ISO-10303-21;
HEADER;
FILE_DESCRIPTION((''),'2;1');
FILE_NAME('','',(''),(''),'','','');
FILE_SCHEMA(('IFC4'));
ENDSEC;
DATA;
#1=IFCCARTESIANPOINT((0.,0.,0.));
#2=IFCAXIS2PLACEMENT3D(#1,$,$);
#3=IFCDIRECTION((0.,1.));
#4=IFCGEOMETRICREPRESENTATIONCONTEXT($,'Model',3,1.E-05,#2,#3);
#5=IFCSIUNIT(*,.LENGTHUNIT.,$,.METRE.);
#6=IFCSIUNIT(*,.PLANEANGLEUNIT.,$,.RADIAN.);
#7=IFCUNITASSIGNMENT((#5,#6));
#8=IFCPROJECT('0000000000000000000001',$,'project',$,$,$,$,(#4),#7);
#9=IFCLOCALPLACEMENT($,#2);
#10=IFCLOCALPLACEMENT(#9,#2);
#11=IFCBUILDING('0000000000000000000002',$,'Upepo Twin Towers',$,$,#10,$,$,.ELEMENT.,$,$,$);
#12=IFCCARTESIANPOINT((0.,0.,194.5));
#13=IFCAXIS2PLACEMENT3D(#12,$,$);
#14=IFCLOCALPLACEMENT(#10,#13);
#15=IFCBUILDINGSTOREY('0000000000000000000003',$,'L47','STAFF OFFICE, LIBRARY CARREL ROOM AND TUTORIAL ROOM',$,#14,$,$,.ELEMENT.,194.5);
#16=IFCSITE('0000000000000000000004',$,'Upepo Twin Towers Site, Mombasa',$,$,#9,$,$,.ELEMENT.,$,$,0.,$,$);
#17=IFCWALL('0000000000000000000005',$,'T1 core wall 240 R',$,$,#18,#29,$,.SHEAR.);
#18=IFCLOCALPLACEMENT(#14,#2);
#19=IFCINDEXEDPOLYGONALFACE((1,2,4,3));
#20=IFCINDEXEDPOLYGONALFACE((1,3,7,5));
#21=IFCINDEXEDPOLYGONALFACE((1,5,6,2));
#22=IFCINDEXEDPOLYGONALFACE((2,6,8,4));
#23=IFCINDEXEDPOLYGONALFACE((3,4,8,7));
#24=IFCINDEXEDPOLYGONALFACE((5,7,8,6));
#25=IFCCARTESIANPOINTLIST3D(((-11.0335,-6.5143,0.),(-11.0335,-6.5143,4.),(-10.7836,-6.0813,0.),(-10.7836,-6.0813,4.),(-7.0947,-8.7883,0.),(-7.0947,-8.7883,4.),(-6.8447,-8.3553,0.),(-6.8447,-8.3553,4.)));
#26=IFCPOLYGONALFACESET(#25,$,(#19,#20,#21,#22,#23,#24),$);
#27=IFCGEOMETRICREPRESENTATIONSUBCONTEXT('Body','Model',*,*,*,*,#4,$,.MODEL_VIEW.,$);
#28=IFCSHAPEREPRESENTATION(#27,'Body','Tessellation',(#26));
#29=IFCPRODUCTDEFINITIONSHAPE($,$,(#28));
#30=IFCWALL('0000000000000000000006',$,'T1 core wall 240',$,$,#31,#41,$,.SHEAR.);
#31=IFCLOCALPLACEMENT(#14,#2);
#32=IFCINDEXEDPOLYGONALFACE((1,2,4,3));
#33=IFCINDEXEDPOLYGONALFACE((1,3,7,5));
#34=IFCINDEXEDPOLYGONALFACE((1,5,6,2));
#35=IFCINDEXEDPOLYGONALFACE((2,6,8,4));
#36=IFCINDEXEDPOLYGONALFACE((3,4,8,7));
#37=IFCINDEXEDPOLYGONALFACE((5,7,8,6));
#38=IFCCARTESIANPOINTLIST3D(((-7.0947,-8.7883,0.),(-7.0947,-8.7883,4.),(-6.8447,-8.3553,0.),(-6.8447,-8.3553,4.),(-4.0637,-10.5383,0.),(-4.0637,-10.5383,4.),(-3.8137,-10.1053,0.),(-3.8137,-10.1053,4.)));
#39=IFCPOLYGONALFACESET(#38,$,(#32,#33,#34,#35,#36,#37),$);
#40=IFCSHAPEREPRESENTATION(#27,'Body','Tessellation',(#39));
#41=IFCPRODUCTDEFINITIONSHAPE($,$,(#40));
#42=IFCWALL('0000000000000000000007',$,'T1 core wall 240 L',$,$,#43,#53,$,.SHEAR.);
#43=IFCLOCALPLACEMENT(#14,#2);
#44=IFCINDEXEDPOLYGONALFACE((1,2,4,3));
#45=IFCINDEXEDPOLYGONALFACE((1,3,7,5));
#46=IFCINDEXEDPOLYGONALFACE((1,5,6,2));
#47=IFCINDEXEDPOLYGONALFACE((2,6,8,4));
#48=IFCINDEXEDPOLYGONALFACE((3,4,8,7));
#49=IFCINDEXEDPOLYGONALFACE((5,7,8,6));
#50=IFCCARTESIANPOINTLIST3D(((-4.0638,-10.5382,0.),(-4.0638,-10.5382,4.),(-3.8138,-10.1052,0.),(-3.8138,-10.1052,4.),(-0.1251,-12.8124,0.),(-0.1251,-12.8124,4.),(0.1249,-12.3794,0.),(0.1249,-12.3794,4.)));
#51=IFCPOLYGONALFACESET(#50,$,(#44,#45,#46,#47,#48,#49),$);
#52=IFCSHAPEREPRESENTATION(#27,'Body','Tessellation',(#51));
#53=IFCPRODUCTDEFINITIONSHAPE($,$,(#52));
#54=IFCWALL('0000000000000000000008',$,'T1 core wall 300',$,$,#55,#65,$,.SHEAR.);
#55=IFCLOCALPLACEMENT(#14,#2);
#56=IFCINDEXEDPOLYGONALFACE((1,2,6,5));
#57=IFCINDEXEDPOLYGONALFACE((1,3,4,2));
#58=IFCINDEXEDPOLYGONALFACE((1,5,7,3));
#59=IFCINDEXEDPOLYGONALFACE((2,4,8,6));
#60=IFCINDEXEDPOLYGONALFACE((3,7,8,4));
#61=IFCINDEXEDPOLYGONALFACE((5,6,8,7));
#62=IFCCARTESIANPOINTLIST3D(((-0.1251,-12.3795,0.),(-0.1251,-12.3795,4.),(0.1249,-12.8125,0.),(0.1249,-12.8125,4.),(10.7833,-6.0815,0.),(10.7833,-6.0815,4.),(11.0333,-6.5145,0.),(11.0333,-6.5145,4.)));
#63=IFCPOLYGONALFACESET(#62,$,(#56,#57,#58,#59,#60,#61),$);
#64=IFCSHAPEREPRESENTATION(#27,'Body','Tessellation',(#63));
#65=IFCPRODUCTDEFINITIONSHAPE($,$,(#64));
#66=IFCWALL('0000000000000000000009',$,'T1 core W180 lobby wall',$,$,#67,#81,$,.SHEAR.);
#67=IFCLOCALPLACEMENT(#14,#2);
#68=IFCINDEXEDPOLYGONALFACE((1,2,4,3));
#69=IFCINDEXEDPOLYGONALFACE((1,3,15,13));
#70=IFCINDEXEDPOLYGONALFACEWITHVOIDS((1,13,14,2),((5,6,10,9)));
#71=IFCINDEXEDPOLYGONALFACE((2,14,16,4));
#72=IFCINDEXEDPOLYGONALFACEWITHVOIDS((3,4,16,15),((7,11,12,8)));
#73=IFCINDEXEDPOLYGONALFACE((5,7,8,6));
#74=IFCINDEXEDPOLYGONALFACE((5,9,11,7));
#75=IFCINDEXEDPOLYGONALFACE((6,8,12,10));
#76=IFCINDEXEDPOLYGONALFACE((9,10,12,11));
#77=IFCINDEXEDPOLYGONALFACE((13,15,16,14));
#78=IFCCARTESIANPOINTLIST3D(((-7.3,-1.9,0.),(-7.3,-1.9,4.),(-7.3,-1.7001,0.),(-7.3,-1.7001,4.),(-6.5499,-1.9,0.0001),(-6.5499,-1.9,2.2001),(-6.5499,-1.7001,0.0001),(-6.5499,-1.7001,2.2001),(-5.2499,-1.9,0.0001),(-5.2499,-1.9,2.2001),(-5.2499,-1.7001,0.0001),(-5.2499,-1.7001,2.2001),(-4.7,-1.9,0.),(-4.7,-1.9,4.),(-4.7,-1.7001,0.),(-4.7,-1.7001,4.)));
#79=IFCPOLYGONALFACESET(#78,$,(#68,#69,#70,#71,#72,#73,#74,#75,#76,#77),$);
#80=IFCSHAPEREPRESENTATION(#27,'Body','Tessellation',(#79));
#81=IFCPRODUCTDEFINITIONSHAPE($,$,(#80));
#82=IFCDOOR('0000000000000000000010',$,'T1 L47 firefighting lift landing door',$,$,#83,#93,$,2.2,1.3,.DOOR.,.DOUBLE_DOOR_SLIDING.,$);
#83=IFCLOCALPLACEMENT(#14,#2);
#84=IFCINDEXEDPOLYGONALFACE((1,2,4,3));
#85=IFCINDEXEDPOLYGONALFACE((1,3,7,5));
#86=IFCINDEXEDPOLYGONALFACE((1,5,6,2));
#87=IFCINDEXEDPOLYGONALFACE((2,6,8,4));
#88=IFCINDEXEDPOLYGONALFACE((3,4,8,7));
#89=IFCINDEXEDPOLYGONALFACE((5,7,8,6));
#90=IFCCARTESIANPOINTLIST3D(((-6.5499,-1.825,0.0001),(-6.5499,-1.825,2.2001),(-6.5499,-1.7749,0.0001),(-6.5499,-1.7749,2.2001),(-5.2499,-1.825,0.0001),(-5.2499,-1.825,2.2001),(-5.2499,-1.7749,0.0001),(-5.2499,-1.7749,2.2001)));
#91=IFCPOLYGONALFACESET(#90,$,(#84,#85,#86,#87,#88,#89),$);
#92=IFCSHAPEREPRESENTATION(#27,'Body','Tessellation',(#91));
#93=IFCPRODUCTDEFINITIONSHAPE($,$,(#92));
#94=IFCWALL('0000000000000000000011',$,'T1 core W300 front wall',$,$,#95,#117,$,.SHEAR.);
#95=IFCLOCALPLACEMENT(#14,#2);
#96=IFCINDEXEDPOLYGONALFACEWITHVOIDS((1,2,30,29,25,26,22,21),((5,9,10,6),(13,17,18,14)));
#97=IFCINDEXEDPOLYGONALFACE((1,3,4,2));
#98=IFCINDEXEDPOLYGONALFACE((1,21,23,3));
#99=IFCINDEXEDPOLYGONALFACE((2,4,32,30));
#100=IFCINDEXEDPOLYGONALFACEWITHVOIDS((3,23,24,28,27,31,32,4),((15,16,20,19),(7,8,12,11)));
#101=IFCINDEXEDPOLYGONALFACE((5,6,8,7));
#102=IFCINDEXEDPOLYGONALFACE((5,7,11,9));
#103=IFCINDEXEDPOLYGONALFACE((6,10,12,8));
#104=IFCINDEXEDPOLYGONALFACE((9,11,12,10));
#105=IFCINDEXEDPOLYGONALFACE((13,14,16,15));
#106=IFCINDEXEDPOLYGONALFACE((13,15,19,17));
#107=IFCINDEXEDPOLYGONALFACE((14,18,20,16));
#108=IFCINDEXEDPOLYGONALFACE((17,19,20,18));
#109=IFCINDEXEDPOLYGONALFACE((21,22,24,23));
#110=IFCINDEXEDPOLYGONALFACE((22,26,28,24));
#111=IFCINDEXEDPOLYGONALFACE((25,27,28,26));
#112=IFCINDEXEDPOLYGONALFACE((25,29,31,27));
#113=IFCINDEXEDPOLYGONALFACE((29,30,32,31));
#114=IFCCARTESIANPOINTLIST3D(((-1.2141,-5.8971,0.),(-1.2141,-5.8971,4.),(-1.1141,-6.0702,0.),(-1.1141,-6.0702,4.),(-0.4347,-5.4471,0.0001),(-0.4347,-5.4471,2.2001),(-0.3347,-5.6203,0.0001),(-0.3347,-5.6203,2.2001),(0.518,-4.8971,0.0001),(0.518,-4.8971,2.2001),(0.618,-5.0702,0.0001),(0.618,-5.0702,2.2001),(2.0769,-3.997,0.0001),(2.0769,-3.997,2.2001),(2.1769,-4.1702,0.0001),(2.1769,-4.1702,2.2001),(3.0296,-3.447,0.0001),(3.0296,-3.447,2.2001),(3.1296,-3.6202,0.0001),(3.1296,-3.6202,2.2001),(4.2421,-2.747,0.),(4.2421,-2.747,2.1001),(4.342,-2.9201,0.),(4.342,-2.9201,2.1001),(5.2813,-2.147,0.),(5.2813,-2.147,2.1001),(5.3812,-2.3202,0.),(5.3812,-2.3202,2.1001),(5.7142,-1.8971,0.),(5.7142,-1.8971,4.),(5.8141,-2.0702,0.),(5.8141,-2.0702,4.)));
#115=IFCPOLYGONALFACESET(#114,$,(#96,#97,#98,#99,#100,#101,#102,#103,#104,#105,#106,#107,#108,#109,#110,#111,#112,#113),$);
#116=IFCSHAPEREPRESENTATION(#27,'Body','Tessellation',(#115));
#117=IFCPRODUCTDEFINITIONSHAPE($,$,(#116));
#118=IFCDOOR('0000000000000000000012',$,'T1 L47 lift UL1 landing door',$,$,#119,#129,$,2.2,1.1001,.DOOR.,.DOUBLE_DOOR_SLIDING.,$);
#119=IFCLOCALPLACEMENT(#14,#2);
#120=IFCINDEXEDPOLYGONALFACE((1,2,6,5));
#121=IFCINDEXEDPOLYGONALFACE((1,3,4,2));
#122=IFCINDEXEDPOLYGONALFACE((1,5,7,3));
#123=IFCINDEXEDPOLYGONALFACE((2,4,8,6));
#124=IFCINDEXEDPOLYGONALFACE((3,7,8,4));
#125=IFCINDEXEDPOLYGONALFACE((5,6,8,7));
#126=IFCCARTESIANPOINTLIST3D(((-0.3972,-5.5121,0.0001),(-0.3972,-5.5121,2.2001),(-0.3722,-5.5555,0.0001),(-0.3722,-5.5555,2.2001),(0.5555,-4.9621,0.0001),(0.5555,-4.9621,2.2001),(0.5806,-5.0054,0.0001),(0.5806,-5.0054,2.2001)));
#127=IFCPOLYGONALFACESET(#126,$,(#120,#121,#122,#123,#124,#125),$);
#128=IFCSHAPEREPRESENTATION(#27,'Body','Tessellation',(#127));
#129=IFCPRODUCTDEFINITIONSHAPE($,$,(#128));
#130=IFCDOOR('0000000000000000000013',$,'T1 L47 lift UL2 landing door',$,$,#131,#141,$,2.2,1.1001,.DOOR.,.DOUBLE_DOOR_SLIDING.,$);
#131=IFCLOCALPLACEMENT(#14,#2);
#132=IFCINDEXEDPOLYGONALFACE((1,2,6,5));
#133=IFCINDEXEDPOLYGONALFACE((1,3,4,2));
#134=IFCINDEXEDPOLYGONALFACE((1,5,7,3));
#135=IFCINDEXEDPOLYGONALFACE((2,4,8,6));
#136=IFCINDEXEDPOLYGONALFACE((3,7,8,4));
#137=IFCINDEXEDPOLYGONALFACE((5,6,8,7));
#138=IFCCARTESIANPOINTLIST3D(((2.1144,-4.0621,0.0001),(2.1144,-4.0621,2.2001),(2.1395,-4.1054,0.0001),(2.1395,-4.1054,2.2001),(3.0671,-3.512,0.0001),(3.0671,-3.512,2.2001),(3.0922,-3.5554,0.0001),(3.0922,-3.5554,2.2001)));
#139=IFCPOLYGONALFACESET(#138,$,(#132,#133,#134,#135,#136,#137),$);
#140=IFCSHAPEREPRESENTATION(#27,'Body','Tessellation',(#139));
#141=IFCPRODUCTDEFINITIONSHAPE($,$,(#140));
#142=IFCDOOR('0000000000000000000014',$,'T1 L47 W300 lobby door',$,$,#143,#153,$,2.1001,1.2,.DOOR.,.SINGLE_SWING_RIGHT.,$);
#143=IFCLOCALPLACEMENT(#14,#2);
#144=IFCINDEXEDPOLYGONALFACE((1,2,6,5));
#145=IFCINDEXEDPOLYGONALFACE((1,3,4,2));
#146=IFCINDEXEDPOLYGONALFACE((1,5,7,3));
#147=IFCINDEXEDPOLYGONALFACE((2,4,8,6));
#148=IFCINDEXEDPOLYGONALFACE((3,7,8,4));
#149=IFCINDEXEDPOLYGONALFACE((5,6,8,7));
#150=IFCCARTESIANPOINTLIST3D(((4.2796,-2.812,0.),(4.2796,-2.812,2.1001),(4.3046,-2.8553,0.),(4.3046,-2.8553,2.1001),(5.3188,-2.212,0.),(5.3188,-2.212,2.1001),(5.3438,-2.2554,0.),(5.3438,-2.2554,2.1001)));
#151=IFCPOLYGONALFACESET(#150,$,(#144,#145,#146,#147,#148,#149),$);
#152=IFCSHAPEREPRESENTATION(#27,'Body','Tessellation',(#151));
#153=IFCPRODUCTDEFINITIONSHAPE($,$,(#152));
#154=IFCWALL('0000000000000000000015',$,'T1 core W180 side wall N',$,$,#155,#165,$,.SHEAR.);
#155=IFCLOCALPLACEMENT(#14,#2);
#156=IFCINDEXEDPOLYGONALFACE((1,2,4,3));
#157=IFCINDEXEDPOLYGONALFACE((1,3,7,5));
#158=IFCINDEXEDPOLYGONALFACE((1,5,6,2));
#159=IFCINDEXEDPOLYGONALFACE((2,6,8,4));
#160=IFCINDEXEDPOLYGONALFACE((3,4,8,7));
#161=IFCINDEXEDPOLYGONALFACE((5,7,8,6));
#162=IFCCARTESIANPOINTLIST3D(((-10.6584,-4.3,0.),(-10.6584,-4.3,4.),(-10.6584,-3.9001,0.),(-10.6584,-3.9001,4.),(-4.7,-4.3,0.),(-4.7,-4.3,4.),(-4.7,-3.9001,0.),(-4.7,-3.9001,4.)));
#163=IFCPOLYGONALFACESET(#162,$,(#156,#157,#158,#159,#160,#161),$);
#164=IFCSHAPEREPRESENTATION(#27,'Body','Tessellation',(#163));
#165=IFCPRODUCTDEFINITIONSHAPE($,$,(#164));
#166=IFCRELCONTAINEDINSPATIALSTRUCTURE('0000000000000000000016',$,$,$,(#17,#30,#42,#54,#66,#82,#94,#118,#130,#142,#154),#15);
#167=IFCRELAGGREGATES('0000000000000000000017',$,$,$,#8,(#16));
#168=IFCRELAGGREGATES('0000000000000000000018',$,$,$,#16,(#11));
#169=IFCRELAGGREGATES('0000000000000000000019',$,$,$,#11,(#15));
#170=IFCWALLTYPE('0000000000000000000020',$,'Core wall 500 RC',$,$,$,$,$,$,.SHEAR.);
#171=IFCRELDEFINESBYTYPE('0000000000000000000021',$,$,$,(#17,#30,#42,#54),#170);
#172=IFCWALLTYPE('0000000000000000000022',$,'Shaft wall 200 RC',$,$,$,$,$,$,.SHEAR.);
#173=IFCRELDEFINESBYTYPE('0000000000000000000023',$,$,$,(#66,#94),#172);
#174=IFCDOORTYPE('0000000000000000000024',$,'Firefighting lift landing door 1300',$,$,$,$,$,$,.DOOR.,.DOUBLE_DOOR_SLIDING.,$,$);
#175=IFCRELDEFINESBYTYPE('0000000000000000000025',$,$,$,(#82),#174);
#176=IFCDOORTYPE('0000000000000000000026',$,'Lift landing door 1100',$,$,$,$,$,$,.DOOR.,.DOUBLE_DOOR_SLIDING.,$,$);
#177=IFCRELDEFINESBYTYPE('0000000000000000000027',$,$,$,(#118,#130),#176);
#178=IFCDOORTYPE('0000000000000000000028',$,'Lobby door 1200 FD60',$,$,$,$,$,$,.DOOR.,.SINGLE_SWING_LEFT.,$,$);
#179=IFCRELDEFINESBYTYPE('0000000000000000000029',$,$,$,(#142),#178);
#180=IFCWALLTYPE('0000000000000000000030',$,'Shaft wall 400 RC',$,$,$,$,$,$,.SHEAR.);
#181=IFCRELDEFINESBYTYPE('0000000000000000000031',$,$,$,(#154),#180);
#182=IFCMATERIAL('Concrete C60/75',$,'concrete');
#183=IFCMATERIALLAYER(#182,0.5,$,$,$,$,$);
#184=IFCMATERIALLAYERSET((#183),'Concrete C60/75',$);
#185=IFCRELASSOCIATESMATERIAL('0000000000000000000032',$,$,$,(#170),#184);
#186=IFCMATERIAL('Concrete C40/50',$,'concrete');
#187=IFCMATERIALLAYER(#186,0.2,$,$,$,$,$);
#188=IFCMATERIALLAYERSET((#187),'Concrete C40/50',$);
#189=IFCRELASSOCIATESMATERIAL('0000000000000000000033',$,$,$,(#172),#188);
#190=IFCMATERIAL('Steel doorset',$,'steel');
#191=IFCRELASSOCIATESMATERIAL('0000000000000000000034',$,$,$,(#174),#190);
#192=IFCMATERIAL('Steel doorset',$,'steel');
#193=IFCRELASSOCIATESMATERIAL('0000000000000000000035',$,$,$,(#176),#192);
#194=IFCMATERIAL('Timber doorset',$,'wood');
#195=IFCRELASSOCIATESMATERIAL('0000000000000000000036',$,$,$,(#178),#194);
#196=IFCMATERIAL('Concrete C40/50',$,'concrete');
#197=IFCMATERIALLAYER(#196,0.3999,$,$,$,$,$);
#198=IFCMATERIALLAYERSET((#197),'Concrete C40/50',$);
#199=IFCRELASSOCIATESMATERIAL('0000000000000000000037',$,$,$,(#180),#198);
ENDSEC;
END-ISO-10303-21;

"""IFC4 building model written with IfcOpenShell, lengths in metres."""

from ifc_helpers import new_model, si_unit, direction, frame, frame_2d, origin, place, context, subcontext, project, spatial, rectangle, extrude, material, layer, layer_set, type_object, element, fill, save


model = new_model("IFC4")

# Units and contexts
model_context = context("Model", 3, precision=1e-05, world=origin(), true_north=direction((0.0, 1.0)))
body_context = subcontext(model_context, "Body", "Model", "MODEL_VIEW")
ifc_project = project(units=[si_unit("LENGTHUNIT", "METRE"), si_unit("PLANEANGLEUNIT", "RADIAN")], contexts=[model_context])

# Site, building, storey
site_placement = place(None, origin())
site = spatial("IfcSite", under=ifc_project, at=site_placement, Name="Upepo Twin Towers Site, Mombasa", CompositionType="ELEMENT", RefElevation=0.0)
building_placement = place(site_placement, origin())
building = spatial("IfcBuilding", under=site, at=building_placement, Name="Upepo Twin Towers", CompositionType="ELEMENT")
storey_placement = place(building_placement, frame((0.0, 0.0, 194.5)))
storey = spatial("IfcBuildingStorey", under=building, at=storey_placement, Name="L47", Description="STAFF OFFICE, LIBRARY CARREL ROOM AND TUTORIAL ROOM", CompositionType="ELEMENT", Elevation=194.5)

# Walls
ifc_material_1 = material(Name="Concrete C60/75", Category="concrete")
ifc_layer_1 = layer(ifc_material_1, 0.5)
ifc_layer_set_1 = layer_set([ifc_layer_1], Name="Concrete C60/75")
wall_type_1 = type_object("IfcWallType", Name="Core wall 500 RC", PredefinedType="SHEAR", material=ifc_layer_set_1)
wall_1_placement = place(storey_placement, frame((-10.9084, -6.2979, 0.0), z_axis=(0.0, 0.0, 1.0), x_axis=(0.866035, -0.499984, 0.0)))
element("IfcWall", 1, at=wall_1_placement, inside=storey, type_object=wall_type_1, Name="T1 core wall 240 R", PredefinedType="SHEAR", context=body_context, shape_type="SweptSolid", body=[
    extrude(rectangle(XDim=4.5481, YDim=0.5, at=frame_2d((2.2739, 0.0))), origin(), (0.0, 0.0, 1.0), 4.0),
])
wall_2_placement = place(storey_placement, frame((-6.9697, -8.5718, 0.0), z_axis=(0.0, 0.0, 1.0), x_axis=(0.866019, -0.50001, 0.0)))
element("IfcWall", 2, at=wall_2_placement, inside=storey, type_object=wall_type_1, Name="T1 core wall 240", PredefinedType="SHEAR", context=body_context, shape_type="SweptSolid", body=[
    extrude(rectangle(XDim=3.5, YDim=0.5, at=frame_2d((1.75, 0.0))), origin(), (0.0, 0.0, 1.0), 4.0),
])
wall_3_placement = place(storey_placement, frame((-3.9387, -10.3218, 0.0), z_axis=(0.0, 0.0, 1.0), x_axis=(0.866011, -0.500024, 0.0)))
element("IfcWall", 3, at=wall_3_placement, inside=storey, type_object=wall_type_1, Name="T1 core wall 240 L", PredefinedType="SHEAR", context=body_context, shape_type="SweptSolid", body=[
    extrude(rectangle(XDim=4.5481, YDim=0.5, at=frame_2d((2.2739, 0.0))), origin(), (0.0, 0.0, 1.0), 4.0),
])
wall_4_placement = place(storey_placement, frame((0.0, -12.5959, 0.0), z_axis=(0.0, 0.0, 1.0), x_axis=(0.866022, 0.500006, 0.0)))
element("IfcWall", 4, at=wall_4_placement, inside=storey, type_object=wall_type_1, Name="T1 core wall 300", PredefinedType="SHEAR", context=body_context, shape_type="SweptSolid", body=[
    extrude(rectangle(XDim=12.5959, YDim=0.5, at=frame_2d((6.2979, 0.0))), origin(), (0.0, 0.0, 1.0), 4.0),
])

# Wall, opening, door
ifc_material_2 = material(Name="Concrete C40/50", Category="concrete")
ifc_layer_2 = layer(ifc_material_2, 0.2)
ifc_layer_set_2 = layer_set([ifc_layer_2], Name="Concrete C40/50")
wall_type_2 = type_object("IfcWallType", Name="Shaft wall 200 RC", PredefinedType="SHEAR", material=ifc_layer_set_2)
wall_5_placement = place(storey_placement, frame((-4.7, -1.8, 0.0), z_axis=(0.0, 0.0, 1.0), x_axis=(-1.0, 0.0, 0.0)))
wall_5 = element("IfcWall", 5, at=wall_5_placement, inside=storey, type_object=wall_type_2, Name="T1 core W180 lobby wall", PredefinedType="SHEAR", context=body_context, shape_type="SweptSolid", body=[
    extrude(rectangle(XDim=2.6001, YDim=0.2, at=frame_2d((1.3, 0.0))), origin(), (0.0, 0.0, 1.0), 4.0),
])
opening_1_placement = place(wall_5_placement, frame((0.55, 0.0, 0.0)))
opening_1 = element("IfcOpeningElement", 6, at=opening_1_placement, cuts=wall_5, PredefinedType="OPENING", context=body_context, shape_type="SweptSolid", body=[
    extrude(rectangle(XDim=1.3, YDim=2.2, at=frame_2d((0.6499, 1.1001))), frame((0.0, 0.1099, 0.0), z_axis=(0.0, -1.0, 0.0), x_axis=(1.0, 0.0, 0.0)), (0.0, 0.0, 1.0), 0.22),
])
ifc_material_3 = material(Name="Steel doorset", Category="steel")
door_type_1 = type_object("IfcDoorType", Name="Firefighting lift landing door 1300", OperationType="DOUBLE_DOOR_SLIDING", PredefinedType="DOOR", material=ifc_material_3)
door_1_placement = place(opening_1_placement, origin())
door_1 = element("IfcDoor", 7, at=door_1_placement, inside=storey, type_object=door_type_1, Name="T1 L47 firefighting lift landing door", OperationType="DOUBLE_DOOR_SLIDING", OverallHeight=2.2, OverallWidth=1.3, PredefinedType="DOOR", context=body_context, shape_type="SweptSolid", body=[
    extrude(rectangle(XDim=1.3, YDim=2.2, at=frame_2d((0.6499, 1.1001))), frame((0.0, 0.0249, 0.0), z_axis=(0.0, -1.0, 0.0), x_axis=(1.0, 0.0, 0.0)), (0.0, 0.0, 1.0), 0.05),
])
fill(opening_1, door_1)

# Wall, openings, doors
wall_6_placement = place(storey_placement, frame((-1.1641, -5.9836, 0.0), z_axis=(0.0, 0.0, 1.0), x_axis=(0.866026, 0.499999, 0.0)))
wall_6 = element("IfcWall", 8, at=wall_6_placement, inside=storey, type_object=wall_type_2, Name="T1 core W300 front wall", PredefinedType="SHEAR", context=body_context, shape_type="SweptSolid", body=[
    extrude(rectangle(XDim=8.0, YDim=0.2, at=frame_2d((4.0, 0.0))), origin(), (0.0, 0.0, 1.0), 4.0),
])
opening_2_placement = place(wall_6_placement, frame((6.3, 0.0, 0.0)))
opening_2 = element("IfcOpeningElement", 9, at=opening_2_placement, cuts=wall_6, PredefinedType="OPENING", context=body_context, shape_type="SweptSolid", body=[
    extrude(rectangle(XDim=1.2, YDim=2.1001, at=frame_2d((0.6001, 1.05))), frame((0.0, 0.1099, 0.0), z_axis=(0.0, -1.0, 0.0), x_axis=(1.0, 0.0, 0.0)), (0.0, 0.0, 1.0), 0.22),
])
opening_3_placement = place(wall_6_placement, frame((0.8999, 0.0, 0.0)))
opening_3 = element("IfcOpeningElement", 10, at=opening_3_placement, cuts=wall_6, PredefinedType="OPENING", context=body_context, shape_type="SweptSolid", body=[
    extrude(rectangle(XDim=1.1001, YDim=2.2, at=frame_2d((0.55, 1.1001))), frame((0.0, 0.1099, 0.0), z_axis=(0.0, -1.0, 0.0), x_axis=(1.0, 0.0, 0.0)), (0.0, 0.0, 1.0), 0.22),
])
opening_4_placement = place(wall_6_placement, frame((3.8, 0.0, 0.0)))
opening_4 = element("IfcOpeningElement", 11, at=opening_4_placement, cuts=wall_6, PredefinedType="OPENING", context=body_context, shape_type="SweptSolid", body=[
    extrude(rectangle(XDim=1.1001, YDim=2.2, at=frame_2d((0.55, 1.1001))), frame((0.0, 0.1099, 0.0), z_axis=(0.0, -1.0, 0.0), x_axis=(1.0, 0.0, 0.0)), (0.0, 0.0, 1.0), 0.22),
])
ifc_material_4 = material(Name="Steel doorset", Category="steel")
door_type_2 = type_object("IfcDoorType", Name="Lift landing door 1100", OperationType="DOUBLE_DOOR_SLIDING", PredefinedType="DOOR", material=ifc_material_4)
door_2_placement = place(opening_3_placement, origin())
door_2 = element("IfcDoor", 12, at=door_2_placement, inside=storey, type_object=door_type_2, Name="T1 L47 lift UL1 landing door", OperationType="DOUBLE_DOOR_SLIDING", OverallHeight=2.2, OverallWidth=1.1001, PredefinedType="DOOR", context=body_context, shape_type="SweptSolid", body=[
    extrude(rectangle(XDim=1.1001, YDim=2.2, at=frame_2d((0.55, 1.1001))), frame((0.0, 0.0249, 0.0), z_axis=(0.0, -1.0, 0.0), x_axis=(1.0, 0.0, 0.0)), (0.0, 0.0, 1.0), 0.05),
])
fill(opening_3, door_2)
door_3_placement = place(opening_4_placement, origin())
door_3 = element("IfcDoor", 13, at=door_3_placement, inside=storey, type_object=door_type_2, Name="T1 L47 lift UL2 landing door", OperationType="DOUBLE_DOOR_SLIDING", OverallHeight=2.2, OverallWidth=1.1001, PredefinedType="DOOR", context=body_context, shape_type="SweptSolid", body=[
    extrude(rectangle(XDim=1.1001, YDim=2.2, at=frame_2d((0.55, 1.1001))), frame((0.0, 0.0249, 0.0), z_axis=(0.0, -1.0, 0.0), x_axis=(1.0, 0.0, 0.0)), (0.0, 0.0, 1.0), 0.05),
])
fill(opening_4, door_3)
ifc_material_5 = material(Name="Timber doorset", Category="wood")
door_type_3 = type_object("IfcDoorType", Name="Lobby door 1200 FD60", OperationType="SINGLE_SWING_LEFT", PredefinedType="DOOR", material=ifc_material_5)
door_4_placement = place(opening_2_placement, origin())
door_4 = element("IfcDoor", 14, at=door_4_placement, inside=storey, type_object=door_type_3, Name="T1 L47 W300 lobby door", OperationType="SINGLE_SWING_RIGHT", OverallHeight=2.1001, OverallWidth=1.2, PredefinedType="DOOR", context=body_context, shape_type="SweptSolid", body=[
    extrude(rectangle(XDim=1.2, YDim=2.1001, at=frame_2d((0.6001, 1.05))), frame((0.0, 0.0249, 0.0), z_axis=(0.0, -1.0, 0.0), x_axis=(1.0, 0.0, 0.0)), (0.0, 0.0, 1.0), 0.05),
])
fill(opening_2, door_4)

# Wall
ifc_material_6 = material(Name="Concrete C40/50", Category="concrete")
ifc_layer_3 = layer(ifc_material_6, 0.3999)
ifc_layer_set_3 = layer_set([ifc_layer_3], Name="Concrete C40/50")
wall_type_3 = type_object("IfcWallType", Name="Shaft wall 400 RC", PredefinedType="SHEAR", material=ifc_layer_set_3)
wall_7_placement = place(storey_placement, frame((-4.7, -4.1001, 0.0), z_axis=(0.0, 0.0, 1.0), x_axis=(-1.0, 0.0, 0.0)))
element("IfcWall", 15, at=wall_7_placement, inside=storey, type_object=wall_type_3, Name="T1 core W180 side wall N", PredefinedType="SHEAR", context=body_context, shape_type="SweptSolid", body=[
    extrude(rectangle(XDim=5.9585, YDim=0.3999, at=frame_2d((2.9792, 0.0))), origin(), (0.0, 0.0, 1.0), 4.0),
])

save(model, "model.ifc")
